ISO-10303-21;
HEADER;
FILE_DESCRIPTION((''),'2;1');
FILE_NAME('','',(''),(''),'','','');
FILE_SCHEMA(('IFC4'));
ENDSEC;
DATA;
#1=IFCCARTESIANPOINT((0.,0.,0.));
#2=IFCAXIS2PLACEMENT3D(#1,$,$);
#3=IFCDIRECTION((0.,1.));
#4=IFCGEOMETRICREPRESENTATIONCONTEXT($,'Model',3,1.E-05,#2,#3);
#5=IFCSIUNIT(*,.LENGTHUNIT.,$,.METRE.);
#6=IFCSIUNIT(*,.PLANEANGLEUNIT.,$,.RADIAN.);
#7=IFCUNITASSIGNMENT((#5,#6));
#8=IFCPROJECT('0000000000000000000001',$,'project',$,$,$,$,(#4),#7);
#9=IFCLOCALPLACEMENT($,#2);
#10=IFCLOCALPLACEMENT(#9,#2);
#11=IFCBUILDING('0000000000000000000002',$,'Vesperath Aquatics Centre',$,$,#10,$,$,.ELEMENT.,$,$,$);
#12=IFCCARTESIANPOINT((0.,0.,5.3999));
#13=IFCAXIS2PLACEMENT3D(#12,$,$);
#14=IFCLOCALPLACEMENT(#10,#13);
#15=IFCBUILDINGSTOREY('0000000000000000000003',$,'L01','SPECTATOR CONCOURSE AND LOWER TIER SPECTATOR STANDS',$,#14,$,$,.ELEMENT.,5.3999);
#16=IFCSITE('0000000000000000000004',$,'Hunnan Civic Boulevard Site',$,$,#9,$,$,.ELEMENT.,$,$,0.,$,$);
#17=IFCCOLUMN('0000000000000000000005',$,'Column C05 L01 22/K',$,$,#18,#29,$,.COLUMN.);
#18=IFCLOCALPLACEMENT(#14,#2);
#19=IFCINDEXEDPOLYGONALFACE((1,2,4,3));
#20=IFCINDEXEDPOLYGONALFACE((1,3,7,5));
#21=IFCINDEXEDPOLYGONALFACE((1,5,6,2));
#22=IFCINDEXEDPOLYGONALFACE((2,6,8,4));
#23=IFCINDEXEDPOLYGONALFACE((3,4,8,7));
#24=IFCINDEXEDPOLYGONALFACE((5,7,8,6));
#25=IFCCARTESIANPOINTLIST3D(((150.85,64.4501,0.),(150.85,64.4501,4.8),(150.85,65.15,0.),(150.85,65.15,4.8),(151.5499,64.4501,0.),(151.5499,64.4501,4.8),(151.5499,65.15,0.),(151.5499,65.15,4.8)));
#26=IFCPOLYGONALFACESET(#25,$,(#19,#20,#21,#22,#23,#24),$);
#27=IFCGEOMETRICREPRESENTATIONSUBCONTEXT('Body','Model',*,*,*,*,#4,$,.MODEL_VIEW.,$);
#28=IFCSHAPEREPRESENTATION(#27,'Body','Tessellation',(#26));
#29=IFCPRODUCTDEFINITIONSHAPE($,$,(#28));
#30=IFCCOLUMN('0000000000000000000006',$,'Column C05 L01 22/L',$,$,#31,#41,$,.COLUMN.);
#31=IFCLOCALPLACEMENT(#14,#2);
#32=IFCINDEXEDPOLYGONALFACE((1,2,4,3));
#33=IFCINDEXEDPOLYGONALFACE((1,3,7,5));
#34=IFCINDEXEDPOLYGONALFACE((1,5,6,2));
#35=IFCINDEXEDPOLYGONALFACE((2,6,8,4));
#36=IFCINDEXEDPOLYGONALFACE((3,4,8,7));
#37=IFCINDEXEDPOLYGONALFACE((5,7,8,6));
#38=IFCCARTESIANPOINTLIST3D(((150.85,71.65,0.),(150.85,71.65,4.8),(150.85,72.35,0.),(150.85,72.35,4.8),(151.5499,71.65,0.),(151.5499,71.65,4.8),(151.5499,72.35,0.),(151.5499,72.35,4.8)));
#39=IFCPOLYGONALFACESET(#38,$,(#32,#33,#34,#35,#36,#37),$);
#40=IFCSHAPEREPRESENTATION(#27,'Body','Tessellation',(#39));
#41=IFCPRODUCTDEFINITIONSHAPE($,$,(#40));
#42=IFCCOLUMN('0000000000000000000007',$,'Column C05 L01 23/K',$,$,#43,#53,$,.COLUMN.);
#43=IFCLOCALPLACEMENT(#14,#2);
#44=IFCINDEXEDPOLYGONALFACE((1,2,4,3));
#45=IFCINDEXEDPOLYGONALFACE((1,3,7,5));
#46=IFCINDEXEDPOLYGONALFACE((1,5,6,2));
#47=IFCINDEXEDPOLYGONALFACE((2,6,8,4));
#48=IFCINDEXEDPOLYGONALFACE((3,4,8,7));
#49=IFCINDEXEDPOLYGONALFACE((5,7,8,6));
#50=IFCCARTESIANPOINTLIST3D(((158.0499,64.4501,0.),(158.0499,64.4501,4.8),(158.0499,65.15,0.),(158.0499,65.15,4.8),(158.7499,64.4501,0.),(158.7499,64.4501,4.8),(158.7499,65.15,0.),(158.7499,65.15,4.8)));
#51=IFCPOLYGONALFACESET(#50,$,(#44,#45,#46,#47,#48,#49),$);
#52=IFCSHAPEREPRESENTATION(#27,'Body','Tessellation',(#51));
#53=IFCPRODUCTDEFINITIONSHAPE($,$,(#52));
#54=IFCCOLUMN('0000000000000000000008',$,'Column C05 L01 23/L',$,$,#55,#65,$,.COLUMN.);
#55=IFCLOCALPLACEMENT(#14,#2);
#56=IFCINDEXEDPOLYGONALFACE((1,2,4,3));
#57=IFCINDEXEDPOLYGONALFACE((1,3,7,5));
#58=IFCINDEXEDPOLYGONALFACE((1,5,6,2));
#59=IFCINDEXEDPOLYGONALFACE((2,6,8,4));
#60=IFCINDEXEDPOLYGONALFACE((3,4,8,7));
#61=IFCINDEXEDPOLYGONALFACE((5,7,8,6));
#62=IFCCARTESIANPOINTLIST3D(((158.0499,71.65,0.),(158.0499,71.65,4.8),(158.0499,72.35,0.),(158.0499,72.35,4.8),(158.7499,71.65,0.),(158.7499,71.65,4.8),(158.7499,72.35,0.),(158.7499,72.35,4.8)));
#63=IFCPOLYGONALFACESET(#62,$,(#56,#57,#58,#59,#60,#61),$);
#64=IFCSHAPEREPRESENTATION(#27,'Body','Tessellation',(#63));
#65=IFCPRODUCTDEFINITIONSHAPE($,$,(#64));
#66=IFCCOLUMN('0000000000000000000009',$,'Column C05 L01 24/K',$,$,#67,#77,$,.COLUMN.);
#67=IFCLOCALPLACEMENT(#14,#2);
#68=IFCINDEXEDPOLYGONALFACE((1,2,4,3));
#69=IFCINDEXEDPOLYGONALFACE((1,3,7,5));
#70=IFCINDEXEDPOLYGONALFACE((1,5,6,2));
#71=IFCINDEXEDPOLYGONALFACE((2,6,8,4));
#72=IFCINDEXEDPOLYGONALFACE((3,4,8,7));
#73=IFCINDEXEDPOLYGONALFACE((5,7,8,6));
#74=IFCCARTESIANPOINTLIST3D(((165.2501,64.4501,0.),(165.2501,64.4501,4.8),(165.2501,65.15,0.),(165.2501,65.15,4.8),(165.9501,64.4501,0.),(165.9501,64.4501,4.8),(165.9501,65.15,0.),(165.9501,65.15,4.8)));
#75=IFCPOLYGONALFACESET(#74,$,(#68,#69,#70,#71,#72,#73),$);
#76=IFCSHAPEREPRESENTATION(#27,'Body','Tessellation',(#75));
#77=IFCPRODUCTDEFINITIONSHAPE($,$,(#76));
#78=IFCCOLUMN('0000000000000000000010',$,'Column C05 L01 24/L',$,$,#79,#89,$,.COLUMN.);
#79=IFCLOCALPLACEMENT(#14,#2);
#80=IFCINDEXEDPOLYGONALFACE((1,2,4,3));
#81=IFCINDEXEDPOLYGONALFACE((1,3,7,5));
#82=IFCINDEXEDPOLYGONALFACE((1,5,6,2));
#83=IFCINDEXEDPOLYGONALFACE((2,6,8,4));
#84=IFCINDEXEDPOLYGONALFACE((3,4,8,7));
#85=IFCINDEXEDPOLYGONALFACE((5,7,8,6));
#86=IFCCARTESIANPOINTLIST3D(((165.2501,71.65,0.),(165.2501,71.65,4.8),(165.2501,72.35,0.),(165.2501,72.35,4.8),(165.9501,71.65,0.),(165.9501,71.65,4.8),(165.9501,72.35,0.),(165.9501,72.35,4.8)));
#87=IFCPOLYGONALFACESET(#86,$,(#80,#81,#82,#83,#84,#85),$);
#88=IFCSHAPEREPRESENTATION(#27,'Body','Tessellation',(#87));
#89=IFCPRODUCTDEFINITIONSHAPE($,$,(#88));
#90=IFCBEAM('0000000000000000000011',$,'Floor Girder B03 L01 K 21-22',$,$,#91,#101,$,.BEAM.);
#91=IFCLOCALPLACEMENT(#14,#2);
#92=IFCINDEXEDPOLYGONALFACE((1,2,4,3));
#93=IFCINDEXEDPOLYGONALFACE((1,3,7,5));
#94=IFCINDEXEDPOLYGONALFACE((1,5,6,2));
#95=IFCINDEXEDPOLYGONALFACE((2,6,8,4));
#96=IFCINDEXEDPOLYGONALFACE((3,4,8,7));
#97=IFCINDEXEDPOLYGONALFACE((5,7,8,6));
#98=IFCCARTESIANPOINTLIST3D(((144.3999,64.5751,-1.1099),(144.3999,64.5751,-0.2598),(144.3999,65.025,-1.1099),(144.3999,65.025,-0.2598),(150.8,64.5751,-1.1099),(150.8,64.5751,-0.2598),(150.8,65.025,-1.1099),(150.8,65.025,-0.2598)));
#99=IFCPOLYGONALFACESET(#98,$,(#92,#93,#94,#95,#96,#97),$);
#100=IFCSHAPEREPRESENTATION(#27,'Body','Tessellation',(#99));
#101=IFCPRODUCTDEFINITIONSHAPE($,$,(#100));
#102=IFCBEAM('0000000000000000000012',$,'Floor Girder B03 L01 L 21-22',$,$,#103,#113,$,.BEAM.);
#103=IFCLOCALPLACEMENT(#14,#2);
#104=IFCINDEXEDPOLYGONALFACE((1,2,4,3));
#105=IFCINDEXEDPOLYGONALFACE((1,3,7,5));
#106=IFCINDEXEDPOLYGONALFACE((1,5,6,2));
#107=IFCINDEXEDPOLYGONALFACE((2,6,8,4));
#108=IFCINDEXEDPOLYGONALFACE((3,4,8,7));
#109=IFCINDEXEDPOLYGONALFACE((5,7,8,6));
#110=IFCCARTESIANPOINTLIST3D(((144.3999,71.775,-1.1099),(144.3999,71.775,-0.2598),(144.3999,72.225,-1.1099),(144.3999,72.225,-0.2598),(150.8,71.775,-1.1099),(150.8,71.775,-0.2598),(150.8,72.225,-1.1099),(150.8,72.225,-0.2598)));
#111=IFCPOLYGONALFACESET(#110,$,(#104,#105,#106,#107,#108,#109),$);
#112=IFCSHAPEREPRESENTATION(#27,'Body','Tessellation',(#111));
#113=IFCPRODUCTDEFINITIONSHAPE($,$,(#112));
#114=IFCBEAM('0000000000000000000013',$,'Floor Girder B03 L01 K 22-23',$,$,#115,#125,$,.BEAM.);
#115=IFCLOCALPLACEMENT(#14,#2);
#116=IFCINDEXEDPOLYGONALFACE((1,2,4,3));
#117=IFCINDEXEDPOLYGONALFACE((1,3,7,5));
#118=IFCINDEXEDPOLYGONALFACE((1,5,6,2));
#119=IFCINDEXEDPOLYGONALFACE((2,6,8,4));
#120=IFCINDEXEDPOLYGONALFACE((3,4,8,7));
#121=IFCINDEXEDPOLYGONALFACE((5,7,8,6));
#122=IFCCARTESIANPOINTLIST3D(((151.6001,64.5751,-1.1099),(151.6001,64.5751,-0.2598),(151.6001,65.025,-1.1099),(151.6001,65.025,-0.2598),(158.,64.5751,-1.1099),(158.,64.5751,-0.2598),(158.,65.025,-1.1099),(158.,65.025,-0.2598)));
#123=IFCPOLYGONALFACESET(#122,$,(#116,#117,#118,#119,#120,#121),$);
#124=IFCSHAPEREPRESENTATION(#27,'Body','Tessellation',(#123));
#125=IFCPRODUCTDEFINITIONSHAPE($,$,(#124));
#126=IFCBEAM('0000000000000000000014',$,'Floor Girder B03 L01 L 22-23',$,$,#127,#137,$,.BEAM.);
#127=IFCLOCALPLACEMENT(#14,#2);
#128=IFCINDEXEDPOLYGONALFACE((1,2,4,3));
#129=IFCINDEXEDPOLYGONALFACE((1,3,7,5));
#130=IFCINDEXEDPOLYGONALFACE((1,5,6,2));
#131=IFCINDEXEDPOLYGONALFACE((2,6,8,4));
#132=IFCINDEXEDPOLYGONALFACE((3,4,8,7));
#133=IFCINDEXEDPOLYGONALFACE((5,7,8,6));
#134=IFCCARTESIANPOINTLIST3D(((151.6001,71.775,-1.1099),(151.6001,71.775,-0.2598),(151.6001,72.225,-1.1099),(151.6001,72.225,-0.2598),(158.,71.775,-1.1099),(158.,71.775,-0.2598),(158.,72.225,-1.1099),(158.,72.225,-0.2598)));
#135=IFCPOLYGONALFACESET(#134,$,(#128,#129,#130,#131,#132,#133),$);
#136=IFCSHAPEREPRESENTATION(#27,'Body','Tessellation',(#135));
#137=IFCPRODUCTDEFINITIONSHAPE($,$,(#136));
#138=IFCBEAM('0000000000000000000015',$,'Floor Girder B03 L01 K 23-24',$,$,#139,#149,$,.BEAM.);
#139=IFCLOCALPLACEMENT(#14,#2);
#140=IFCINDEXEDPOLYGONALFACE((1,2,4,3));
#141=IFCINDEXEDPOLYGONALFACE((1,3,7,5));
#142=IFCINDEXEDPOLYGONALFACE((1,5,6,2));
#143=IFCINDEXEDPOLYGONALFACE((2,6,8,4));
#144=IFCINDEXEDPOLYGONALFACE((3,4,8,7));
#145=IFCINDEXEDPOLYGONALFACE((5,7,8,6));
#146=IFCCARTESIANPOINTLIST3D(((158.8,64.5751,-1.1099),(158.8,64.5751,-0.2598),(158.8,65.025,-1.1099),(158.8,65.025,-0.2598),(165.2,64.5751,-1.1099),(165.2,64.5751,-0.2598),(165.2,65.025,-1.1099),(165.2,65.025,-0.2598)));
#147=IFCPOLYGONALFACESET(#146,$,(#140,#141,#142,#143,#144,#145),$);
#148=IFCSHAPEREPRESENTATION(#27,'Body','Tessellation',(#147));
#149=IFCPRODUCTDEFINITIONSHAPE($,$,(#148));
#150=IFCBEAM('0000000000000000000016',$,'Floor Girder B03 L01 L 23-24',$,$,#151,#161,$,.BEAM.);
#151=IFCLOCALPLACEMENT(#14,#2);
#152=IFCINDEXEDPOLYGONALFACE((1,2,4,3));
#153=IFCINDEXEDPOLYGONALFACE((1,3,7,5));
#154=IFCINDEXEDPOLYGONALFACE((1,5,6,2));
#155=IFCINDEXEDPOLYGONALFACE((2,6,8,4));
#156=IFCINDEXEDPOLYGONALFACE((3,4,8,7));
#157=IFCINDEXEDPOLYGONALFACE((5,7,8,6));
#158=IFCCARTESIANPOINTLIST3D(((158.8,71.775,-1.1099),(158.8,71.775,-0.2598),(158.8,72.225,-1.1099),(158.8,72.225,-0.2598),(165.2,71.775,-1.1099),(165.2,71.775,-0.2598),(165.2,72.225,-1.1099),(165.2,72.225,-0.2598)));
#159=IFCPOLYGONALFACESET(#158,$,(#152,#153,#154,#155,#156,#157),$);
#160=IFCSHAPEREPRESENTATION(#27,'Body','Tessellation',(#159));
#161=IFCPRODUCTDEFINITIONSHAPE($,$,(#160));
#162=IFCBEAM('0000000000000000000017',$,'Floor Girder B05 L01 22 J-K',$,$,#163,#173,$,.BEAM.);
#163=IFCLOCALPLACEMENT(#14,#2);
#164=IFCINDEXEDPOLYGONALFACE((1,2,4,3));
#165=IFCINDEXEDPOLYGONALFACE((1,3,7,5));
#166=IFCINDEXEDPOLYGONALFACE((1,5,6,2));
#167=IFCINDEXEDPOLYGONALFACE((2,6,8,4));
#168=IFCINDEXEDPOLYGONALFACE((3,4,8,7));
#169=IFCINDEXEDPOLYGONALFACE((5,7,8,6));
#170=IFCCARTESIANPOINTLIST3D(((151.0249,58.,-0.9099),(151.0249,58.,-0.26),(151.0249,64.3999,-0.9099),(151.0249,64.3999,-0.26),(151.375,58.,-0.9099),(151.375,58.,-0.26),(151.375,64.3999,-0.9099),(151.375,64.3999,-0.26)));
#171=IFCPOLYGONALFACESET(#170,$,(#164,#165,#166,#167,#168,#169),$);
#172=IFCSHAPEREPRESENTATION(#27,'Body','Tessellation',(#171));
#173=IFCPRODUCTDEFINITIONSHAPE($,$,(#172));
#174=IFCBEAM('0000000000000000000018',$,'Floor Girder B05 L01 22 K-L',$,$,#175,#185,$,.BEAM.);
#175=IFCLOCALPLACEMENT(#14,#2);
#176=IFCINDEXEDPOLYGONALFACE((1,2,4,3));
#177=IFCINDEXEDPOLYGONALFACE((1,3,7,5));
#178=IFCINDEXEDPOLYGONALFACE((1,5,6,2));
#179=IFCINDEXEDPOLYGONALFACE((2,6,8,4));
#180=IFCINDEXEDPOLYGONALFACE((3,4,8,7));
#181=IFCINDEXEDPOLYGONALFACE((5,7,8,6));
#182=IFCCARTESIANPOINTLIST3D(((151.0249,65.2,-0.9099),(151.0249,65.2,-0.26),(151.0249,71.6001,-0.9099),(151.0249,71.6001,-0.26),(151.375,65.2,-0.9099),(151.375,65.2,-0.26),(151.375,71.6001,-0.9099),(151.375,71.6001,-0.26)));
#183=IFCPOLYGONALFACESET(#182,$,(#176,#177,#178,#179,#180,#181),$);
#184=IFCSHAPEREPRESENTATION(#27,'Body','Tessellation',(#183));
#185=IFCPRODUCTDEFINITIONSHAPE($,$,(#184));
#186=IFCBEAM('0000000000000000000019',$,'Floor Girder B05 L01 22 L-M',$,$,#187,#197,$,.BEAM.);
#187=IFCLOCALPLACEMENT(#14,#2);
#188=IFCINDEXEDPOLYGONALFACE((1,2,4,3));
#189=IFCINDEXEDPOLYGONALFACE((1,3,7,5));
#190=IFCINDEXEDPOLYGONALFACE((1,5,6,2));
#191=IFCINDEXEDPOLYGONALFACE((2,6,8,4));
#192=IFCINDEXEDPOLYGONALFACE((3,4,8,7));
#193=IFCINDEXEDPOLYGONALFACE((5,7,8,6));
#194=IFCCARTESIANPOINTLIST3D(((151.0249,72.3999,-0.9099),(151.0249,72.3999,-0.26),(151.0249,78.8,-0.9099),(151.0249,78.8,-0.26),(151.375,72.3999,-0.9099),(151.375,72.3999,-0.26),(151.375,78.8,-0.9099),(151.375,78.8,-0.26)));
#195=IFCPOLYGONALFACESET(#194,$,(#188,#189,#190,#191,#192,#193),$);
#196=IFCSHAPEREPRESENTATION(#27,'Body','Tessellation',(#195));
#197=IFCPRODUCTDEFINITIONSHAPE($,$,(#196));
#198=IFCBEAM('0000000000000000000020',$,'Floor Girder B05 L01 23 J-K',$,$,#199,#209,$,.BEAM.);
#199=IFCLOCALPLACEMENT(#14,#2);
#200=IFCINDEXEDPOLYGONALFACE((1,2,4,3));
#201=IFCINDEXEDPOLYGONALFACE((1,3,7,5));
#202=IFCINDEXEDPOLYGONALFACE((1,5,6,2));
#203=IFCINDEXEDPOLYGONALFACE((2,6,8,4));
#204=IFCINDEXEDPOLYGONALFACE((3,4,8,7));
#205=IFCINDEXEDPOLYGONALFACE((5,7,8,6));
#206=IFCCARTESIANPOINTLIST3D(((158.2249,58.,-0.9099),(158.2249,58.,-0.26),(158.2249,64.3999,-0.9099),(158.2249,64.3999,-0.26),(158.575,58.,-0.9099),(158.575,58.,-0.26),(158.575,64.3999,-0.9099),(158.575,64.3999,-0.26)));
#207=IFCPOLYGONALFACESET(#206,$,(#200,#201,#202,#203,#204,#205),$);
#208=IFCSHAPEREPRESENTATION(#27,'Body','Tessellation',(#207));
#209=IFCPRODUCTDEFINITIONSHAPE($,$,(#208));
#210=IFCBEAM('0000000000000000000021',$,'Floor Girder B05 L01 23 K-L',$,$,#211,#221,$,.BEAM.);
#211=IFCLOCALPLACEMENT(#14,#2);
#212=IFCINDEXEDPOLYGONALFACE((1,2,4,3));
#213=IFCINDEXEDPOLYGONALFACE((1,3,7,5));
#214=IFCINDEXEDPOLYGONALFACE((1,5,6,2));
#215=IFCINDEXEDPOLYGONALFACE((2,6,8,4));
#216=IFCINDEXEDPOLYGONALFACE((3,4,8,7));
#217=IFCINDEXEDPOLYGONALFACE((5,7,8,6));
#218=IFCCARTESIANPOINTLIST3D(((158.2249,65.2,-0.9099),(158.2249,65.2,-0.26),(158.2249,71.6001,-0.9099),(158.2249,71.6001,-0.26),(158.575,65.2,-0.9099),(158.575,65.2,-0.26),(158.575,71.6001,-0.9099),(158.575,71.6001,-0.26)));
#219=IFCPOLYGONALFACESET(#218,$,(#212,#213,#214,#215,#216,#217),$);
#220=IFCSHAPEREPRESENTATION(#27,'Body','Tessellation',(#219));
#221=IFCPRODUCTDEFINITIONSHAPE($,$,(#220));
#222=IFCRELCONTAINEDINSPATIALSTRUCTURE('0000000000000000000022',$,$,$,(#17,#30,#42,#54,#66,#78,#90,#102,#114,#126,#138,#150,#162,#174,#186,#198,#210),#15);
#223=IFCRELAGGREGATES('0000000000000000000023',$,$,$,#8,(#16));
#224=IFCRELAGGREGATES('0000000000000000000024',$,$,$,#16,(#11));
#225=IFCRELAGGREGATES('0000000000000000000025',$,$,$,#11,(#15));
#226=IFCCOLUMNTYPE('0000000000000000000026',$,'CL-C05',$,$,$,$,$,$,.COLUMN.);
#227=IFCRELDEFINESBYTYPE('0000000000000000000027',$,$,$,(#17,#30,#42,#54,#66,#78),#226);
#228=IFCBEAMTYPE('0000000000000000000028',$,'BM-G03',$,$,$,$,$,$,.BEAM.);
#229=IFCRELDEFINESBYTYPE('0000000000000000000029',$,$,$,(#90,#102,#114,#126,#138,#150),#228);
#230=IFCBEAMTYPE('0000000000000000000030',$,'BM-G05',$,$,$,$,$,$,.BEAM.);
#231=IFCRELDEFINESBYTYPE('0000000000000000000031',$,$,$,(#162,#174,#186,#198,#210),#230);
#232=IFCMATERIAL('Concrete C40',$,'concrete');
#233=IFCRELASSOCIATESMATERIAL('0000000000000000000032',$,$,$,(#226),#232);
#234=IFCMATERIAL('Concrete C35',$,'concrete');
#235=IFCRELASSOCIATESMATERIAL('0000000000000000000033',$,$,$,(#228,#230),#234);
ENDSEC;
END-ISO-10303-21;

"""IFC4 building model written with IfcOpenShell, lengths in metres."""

from ifc_helpers import new_model, si_unit, direction, frame, origin, origin_2d, place, context, subcontext, project, spatial, rectangle, extrude, material, material_profile, profile_set, type_object, element, save


model = new_model("IFC4")

# Units and contexts
model_context = context("Model", 3, precision=1e-05, world=origin(), true_north=direction((0.0, 1.0)))
body_context = subcontext(model_context, "Body", "Model", "MODEL_VIEW")
ifc_project = project(units=[si_unit("LENGTHUNIT", "METRE"), si_unit("PLANEANGLEUNIT", "RADIAN")], contexts=[model_context])

# Site, building, storey
site_placement = place(None, origin())
site = spatial("IfcSite", under=ifc_project, at=site_placement, Name="Hunnan Civic Boulevard Site", CompositionType="ELEMENT", RefElevation=0.0)
building_placement = place(site_placement, origin())
building = spatial("IfcBuilding", under=site, at=building_placement, Name="Vesperath Aquatics Centre", CompositionType="ELEMENT")
storey_placement = place(building_placement, frame((0.0, 0.0, 5.3999)))
storey = spatial("IfcBuildingStorey", under=building, at=storey_placement, Name="L01", Description="SPECTATOR CONCOURSE AND LOWER TIER SPECTATOR STANDS", CompositionType="ELEMENT", Elevation=5.3999)

# Columns
ifc_material_1 = material(Name="Concrete C40", Category="concrete")
ifc_material_profile_1 = material_profile(ifc_material_1, rectangle(XDim=0.7, YDim=0.7, at=origin_2d()), Name="RC 700x700")
ifc_profile_set_1 = profile_set([ifc_material_profile_1], Name="Concrete C40")
column_type = type_object("IfcColumnType", Name="CL-C05", PredefinedType="COLUMN", material=ifc_profile_set_1)
for number, where, z_axis, x_axis, name in (
    (1, (151.2, 64.8, 0.0), (0.0, 0.0, 1.0), (1.0, 0.0, 0.0), "Column C05 L01 22/K"),
    (2, (151.2, 72.0, 0.0), (0.0, 0.0, 1.0), (1.0, 0.0, 0.0), "Column C05 L01 22/L"),
    (3, (158.3999, 64.8, 0.0), (0.0, 0.0, 1.0), (1.0, 0.0, 0.0), "Column C05 L01 23/K"),
    (4, (158.3999, 72.0, 0.0), (0.0, 0.0, 1.0), (1.0, 0.0, 0.0), "Column C05 L01 23/L"),
    (5, (165.6001, 64.8, 0.0), (0.0, 0.0, 1.0), (1.0, 0.0, 0.0), "Column C05 L01 24/K"),
    (6, (165.6001, 72.0, 0.0), (0.0, 0.0, 1.0), (1.0, 0.0, 0.0), "Column C05 L01 24/L"),
):
    element("IfcColumn", number, at=place(storey_placement, frame(where, z_axis=z_axis, x_axis=x_axis)), inside=storey, type_object=column_type, Name=name, PredefinedType="COLUMN", context=body_context, shape_type="SweptSolid", body=[
        extrude(rectangle(XDim=0.7, YDim=0.7, at=origin_2d()), origin(), (0.0, 0.0, 1.0), 4.8),
    ])

# Beams
ifc_material_2 = material(Name="Concrete C35", Category="concrete")
ifc_material_profile_2 = material_profile(ifc_material_2, rectangle(XDim=0.45, YDim=0.8501, at=origin_2d()), Name="RC 450x850")
ifc_profile_set_2 = profile_set([ifc_material_profile_2], Name="Concrete C35")
beam_type_1 = type_object("IfcBeamType", Name="BM-G03", PredefinedType="BEAM", material=ifc_profile_set_2)
for number, where, z_axis, x_axis, name in (
    (7, (144.3999, 64.8, -0.6848), (1.0, 0.0, 0.0), (0.0, 1.0, 0.0), "Floor Girder B03 L01 K 21-22"),
    (8, (144.3999, 72.0, -0.6848), (1.0, 0.0, 0.0), (0.0, 1.0, 0.0), "Floor Girder B03 L01 L 21-22"),
):
    element("IfcBeam", number, at=place(storey_placement, frame(where, z_axis=z_axis, x_axis=x_axis)), inside=storey, type_object=beam_type_1, Name=name, PredefinedType="BEAM", context=body_context, shape_type="SweptSolid", body=[
        extrude(rectangle(XDim=0.45, YDim=0.8501, at=origin_2d()), origin(), (0.0, 0.0, 1.0), 6.4001),
    ])
for number, where, z_axis, x_axis, name in (
    (9, (151.6001, 64.8, -0.6848), (1.0, 0.0, 0.0), (0.0, 1.0, 0.0), "Floor Girder B03 L01 K 22-23"),
    (10, (151.6001, 72.0, -0.6848), (1.0, 0.0, 0.0), (0.0, 1.0, 0.0), "Floor Girder B03 L01 L 22-23"),
    (11, (158.8, 64.8, -0.6848), (1.0, 0.0, 0.0), (0.0, 1.0, 0.0), "Floor Girder B03 L01 K 23-24"),
    (12, (158.8, 72.0, -0.6848), (1.0, 0.0, 0.0), (0.0, 1.0, 0.0), "Floor Girder B03 L01 L 23-24"),
):
    element("IfcBeam", number, at=place(storey_placement, frame(where, z_axis=z_axis, x_axis=x_axis)), inside=storey, type_object=beam_type_1, Name=name, PredefinedType="BEAM", context=body_context, shape_type="SweptSolid", body=[
        extrude(rectangle(XDim=0.45, YDim=0.8501, at=origin_2d()), origin(), (0.0, 0.0, 1.0), 6.3999),
    ])
ifc_material_profile_3 = material_profile(ifc_material_2, rectangle(XDim=0.3501, YDim=0.6499, at=origin_2d()), Name="RC 350x650")
ifc_profile_set_3 = profile_set([ifc_material_profile_3], Name="Concrete C35")
beam_type_2 = type_object("IfcBeamType", Name="BM-G05", PredefinedType="BEAM", material=ifc_profile_set_3)
beam_1_placement = place(storey_placement, frame((151.2, 58.0, -0.585), z_axis=(0.0, 1.0, 0.0), x_axis=(-1.0, 0.0, 0.0)))
element("IfcBeam", 13, at=beam_1_placement, inside=storey, type_object=beam_type_2, Name="Floor Girder B05 L01 22 J-K", PredefinedType="BEAM", context=body_context, shape_type="SweptSolid", body=[
    extrude(rectangle(XDim=0.3501, YDim=0.6499, at=origin_2d()), origin(), (0.0, 0.0, 1.0), 6.3999),
])
for number, where, z_axis, x_axis, name in (
    (14, (151.2, 65.2, -0.585), (0.0, 1.0, 0.0), (-1.0, 0.0, 0.0), "Floor Girder B05 L01 22 K-L"),
    (15, (151.2, 72.3999, -0.585), (0.0, 1.0, 0.0), (-1.0, 0.0, 0.0), "Floor Girder B05 L01 22 L-M"),
):
    element("IfcBeam", number, at=place(storey_placement, frame(where, z_axis=z_axis, x_axis=x_axis)), inside=storey, type_object=beam_type_2, Name=name, PredefinedType="BEAM", context=body_context, shape_type="SweptSolid", body=[
        extrude(rectangle(XDim=0.3501, YDim=0.6499, at=origin_2d()), origin(), (0.0, 0.0, 1.0), 6.4001),
    ])
beam_2_placement = place(storey_placement, frame((158.3999, 58.0, -0.585), z_axis=(0.0, 1.0, 0.0), x_axis=(-1.0, 0.0, 0.0)))
element("IfcBeam", 16, at=beam_2_placement, inside=storey, type_object=beam_type_2, Name="Floor Girder B05 L01 23 J-K", PredefinedType="BEAM", context=body_context, shape_type="SweptSolid", body=[
    extrude(rectangle(XDim=0.3501, YDim=0.6499, at=origin_2d()), origin(), (0.0, 0.0, 1.0), 6.3999),
])
for number, where, z_axis, x_axis, name in (
    (17, (158.3999, 65.2, -0.585), (0.0, 1.0, 0.0), (-1.0, 0.0, 0.0), "Floor Girder B05 L01 23 K-L"),
):
    element("IfcBeam", number, at=place(storey_placement, frame(where, z_axis=z_axis, x_axis=x_axis)), inside=storey, type_object=beam_type_2, Name=name, PredefinedType="BEAM", context=body_context, shape_type="SweptSolid", body=[
        extrude(rectangle(XDim=0.3501, YDim=0.6499, at=origin_2d()), origin(), (0.0, 0.0, 1.0), 6.4001),
    ])

save(model, "model.ifc")
